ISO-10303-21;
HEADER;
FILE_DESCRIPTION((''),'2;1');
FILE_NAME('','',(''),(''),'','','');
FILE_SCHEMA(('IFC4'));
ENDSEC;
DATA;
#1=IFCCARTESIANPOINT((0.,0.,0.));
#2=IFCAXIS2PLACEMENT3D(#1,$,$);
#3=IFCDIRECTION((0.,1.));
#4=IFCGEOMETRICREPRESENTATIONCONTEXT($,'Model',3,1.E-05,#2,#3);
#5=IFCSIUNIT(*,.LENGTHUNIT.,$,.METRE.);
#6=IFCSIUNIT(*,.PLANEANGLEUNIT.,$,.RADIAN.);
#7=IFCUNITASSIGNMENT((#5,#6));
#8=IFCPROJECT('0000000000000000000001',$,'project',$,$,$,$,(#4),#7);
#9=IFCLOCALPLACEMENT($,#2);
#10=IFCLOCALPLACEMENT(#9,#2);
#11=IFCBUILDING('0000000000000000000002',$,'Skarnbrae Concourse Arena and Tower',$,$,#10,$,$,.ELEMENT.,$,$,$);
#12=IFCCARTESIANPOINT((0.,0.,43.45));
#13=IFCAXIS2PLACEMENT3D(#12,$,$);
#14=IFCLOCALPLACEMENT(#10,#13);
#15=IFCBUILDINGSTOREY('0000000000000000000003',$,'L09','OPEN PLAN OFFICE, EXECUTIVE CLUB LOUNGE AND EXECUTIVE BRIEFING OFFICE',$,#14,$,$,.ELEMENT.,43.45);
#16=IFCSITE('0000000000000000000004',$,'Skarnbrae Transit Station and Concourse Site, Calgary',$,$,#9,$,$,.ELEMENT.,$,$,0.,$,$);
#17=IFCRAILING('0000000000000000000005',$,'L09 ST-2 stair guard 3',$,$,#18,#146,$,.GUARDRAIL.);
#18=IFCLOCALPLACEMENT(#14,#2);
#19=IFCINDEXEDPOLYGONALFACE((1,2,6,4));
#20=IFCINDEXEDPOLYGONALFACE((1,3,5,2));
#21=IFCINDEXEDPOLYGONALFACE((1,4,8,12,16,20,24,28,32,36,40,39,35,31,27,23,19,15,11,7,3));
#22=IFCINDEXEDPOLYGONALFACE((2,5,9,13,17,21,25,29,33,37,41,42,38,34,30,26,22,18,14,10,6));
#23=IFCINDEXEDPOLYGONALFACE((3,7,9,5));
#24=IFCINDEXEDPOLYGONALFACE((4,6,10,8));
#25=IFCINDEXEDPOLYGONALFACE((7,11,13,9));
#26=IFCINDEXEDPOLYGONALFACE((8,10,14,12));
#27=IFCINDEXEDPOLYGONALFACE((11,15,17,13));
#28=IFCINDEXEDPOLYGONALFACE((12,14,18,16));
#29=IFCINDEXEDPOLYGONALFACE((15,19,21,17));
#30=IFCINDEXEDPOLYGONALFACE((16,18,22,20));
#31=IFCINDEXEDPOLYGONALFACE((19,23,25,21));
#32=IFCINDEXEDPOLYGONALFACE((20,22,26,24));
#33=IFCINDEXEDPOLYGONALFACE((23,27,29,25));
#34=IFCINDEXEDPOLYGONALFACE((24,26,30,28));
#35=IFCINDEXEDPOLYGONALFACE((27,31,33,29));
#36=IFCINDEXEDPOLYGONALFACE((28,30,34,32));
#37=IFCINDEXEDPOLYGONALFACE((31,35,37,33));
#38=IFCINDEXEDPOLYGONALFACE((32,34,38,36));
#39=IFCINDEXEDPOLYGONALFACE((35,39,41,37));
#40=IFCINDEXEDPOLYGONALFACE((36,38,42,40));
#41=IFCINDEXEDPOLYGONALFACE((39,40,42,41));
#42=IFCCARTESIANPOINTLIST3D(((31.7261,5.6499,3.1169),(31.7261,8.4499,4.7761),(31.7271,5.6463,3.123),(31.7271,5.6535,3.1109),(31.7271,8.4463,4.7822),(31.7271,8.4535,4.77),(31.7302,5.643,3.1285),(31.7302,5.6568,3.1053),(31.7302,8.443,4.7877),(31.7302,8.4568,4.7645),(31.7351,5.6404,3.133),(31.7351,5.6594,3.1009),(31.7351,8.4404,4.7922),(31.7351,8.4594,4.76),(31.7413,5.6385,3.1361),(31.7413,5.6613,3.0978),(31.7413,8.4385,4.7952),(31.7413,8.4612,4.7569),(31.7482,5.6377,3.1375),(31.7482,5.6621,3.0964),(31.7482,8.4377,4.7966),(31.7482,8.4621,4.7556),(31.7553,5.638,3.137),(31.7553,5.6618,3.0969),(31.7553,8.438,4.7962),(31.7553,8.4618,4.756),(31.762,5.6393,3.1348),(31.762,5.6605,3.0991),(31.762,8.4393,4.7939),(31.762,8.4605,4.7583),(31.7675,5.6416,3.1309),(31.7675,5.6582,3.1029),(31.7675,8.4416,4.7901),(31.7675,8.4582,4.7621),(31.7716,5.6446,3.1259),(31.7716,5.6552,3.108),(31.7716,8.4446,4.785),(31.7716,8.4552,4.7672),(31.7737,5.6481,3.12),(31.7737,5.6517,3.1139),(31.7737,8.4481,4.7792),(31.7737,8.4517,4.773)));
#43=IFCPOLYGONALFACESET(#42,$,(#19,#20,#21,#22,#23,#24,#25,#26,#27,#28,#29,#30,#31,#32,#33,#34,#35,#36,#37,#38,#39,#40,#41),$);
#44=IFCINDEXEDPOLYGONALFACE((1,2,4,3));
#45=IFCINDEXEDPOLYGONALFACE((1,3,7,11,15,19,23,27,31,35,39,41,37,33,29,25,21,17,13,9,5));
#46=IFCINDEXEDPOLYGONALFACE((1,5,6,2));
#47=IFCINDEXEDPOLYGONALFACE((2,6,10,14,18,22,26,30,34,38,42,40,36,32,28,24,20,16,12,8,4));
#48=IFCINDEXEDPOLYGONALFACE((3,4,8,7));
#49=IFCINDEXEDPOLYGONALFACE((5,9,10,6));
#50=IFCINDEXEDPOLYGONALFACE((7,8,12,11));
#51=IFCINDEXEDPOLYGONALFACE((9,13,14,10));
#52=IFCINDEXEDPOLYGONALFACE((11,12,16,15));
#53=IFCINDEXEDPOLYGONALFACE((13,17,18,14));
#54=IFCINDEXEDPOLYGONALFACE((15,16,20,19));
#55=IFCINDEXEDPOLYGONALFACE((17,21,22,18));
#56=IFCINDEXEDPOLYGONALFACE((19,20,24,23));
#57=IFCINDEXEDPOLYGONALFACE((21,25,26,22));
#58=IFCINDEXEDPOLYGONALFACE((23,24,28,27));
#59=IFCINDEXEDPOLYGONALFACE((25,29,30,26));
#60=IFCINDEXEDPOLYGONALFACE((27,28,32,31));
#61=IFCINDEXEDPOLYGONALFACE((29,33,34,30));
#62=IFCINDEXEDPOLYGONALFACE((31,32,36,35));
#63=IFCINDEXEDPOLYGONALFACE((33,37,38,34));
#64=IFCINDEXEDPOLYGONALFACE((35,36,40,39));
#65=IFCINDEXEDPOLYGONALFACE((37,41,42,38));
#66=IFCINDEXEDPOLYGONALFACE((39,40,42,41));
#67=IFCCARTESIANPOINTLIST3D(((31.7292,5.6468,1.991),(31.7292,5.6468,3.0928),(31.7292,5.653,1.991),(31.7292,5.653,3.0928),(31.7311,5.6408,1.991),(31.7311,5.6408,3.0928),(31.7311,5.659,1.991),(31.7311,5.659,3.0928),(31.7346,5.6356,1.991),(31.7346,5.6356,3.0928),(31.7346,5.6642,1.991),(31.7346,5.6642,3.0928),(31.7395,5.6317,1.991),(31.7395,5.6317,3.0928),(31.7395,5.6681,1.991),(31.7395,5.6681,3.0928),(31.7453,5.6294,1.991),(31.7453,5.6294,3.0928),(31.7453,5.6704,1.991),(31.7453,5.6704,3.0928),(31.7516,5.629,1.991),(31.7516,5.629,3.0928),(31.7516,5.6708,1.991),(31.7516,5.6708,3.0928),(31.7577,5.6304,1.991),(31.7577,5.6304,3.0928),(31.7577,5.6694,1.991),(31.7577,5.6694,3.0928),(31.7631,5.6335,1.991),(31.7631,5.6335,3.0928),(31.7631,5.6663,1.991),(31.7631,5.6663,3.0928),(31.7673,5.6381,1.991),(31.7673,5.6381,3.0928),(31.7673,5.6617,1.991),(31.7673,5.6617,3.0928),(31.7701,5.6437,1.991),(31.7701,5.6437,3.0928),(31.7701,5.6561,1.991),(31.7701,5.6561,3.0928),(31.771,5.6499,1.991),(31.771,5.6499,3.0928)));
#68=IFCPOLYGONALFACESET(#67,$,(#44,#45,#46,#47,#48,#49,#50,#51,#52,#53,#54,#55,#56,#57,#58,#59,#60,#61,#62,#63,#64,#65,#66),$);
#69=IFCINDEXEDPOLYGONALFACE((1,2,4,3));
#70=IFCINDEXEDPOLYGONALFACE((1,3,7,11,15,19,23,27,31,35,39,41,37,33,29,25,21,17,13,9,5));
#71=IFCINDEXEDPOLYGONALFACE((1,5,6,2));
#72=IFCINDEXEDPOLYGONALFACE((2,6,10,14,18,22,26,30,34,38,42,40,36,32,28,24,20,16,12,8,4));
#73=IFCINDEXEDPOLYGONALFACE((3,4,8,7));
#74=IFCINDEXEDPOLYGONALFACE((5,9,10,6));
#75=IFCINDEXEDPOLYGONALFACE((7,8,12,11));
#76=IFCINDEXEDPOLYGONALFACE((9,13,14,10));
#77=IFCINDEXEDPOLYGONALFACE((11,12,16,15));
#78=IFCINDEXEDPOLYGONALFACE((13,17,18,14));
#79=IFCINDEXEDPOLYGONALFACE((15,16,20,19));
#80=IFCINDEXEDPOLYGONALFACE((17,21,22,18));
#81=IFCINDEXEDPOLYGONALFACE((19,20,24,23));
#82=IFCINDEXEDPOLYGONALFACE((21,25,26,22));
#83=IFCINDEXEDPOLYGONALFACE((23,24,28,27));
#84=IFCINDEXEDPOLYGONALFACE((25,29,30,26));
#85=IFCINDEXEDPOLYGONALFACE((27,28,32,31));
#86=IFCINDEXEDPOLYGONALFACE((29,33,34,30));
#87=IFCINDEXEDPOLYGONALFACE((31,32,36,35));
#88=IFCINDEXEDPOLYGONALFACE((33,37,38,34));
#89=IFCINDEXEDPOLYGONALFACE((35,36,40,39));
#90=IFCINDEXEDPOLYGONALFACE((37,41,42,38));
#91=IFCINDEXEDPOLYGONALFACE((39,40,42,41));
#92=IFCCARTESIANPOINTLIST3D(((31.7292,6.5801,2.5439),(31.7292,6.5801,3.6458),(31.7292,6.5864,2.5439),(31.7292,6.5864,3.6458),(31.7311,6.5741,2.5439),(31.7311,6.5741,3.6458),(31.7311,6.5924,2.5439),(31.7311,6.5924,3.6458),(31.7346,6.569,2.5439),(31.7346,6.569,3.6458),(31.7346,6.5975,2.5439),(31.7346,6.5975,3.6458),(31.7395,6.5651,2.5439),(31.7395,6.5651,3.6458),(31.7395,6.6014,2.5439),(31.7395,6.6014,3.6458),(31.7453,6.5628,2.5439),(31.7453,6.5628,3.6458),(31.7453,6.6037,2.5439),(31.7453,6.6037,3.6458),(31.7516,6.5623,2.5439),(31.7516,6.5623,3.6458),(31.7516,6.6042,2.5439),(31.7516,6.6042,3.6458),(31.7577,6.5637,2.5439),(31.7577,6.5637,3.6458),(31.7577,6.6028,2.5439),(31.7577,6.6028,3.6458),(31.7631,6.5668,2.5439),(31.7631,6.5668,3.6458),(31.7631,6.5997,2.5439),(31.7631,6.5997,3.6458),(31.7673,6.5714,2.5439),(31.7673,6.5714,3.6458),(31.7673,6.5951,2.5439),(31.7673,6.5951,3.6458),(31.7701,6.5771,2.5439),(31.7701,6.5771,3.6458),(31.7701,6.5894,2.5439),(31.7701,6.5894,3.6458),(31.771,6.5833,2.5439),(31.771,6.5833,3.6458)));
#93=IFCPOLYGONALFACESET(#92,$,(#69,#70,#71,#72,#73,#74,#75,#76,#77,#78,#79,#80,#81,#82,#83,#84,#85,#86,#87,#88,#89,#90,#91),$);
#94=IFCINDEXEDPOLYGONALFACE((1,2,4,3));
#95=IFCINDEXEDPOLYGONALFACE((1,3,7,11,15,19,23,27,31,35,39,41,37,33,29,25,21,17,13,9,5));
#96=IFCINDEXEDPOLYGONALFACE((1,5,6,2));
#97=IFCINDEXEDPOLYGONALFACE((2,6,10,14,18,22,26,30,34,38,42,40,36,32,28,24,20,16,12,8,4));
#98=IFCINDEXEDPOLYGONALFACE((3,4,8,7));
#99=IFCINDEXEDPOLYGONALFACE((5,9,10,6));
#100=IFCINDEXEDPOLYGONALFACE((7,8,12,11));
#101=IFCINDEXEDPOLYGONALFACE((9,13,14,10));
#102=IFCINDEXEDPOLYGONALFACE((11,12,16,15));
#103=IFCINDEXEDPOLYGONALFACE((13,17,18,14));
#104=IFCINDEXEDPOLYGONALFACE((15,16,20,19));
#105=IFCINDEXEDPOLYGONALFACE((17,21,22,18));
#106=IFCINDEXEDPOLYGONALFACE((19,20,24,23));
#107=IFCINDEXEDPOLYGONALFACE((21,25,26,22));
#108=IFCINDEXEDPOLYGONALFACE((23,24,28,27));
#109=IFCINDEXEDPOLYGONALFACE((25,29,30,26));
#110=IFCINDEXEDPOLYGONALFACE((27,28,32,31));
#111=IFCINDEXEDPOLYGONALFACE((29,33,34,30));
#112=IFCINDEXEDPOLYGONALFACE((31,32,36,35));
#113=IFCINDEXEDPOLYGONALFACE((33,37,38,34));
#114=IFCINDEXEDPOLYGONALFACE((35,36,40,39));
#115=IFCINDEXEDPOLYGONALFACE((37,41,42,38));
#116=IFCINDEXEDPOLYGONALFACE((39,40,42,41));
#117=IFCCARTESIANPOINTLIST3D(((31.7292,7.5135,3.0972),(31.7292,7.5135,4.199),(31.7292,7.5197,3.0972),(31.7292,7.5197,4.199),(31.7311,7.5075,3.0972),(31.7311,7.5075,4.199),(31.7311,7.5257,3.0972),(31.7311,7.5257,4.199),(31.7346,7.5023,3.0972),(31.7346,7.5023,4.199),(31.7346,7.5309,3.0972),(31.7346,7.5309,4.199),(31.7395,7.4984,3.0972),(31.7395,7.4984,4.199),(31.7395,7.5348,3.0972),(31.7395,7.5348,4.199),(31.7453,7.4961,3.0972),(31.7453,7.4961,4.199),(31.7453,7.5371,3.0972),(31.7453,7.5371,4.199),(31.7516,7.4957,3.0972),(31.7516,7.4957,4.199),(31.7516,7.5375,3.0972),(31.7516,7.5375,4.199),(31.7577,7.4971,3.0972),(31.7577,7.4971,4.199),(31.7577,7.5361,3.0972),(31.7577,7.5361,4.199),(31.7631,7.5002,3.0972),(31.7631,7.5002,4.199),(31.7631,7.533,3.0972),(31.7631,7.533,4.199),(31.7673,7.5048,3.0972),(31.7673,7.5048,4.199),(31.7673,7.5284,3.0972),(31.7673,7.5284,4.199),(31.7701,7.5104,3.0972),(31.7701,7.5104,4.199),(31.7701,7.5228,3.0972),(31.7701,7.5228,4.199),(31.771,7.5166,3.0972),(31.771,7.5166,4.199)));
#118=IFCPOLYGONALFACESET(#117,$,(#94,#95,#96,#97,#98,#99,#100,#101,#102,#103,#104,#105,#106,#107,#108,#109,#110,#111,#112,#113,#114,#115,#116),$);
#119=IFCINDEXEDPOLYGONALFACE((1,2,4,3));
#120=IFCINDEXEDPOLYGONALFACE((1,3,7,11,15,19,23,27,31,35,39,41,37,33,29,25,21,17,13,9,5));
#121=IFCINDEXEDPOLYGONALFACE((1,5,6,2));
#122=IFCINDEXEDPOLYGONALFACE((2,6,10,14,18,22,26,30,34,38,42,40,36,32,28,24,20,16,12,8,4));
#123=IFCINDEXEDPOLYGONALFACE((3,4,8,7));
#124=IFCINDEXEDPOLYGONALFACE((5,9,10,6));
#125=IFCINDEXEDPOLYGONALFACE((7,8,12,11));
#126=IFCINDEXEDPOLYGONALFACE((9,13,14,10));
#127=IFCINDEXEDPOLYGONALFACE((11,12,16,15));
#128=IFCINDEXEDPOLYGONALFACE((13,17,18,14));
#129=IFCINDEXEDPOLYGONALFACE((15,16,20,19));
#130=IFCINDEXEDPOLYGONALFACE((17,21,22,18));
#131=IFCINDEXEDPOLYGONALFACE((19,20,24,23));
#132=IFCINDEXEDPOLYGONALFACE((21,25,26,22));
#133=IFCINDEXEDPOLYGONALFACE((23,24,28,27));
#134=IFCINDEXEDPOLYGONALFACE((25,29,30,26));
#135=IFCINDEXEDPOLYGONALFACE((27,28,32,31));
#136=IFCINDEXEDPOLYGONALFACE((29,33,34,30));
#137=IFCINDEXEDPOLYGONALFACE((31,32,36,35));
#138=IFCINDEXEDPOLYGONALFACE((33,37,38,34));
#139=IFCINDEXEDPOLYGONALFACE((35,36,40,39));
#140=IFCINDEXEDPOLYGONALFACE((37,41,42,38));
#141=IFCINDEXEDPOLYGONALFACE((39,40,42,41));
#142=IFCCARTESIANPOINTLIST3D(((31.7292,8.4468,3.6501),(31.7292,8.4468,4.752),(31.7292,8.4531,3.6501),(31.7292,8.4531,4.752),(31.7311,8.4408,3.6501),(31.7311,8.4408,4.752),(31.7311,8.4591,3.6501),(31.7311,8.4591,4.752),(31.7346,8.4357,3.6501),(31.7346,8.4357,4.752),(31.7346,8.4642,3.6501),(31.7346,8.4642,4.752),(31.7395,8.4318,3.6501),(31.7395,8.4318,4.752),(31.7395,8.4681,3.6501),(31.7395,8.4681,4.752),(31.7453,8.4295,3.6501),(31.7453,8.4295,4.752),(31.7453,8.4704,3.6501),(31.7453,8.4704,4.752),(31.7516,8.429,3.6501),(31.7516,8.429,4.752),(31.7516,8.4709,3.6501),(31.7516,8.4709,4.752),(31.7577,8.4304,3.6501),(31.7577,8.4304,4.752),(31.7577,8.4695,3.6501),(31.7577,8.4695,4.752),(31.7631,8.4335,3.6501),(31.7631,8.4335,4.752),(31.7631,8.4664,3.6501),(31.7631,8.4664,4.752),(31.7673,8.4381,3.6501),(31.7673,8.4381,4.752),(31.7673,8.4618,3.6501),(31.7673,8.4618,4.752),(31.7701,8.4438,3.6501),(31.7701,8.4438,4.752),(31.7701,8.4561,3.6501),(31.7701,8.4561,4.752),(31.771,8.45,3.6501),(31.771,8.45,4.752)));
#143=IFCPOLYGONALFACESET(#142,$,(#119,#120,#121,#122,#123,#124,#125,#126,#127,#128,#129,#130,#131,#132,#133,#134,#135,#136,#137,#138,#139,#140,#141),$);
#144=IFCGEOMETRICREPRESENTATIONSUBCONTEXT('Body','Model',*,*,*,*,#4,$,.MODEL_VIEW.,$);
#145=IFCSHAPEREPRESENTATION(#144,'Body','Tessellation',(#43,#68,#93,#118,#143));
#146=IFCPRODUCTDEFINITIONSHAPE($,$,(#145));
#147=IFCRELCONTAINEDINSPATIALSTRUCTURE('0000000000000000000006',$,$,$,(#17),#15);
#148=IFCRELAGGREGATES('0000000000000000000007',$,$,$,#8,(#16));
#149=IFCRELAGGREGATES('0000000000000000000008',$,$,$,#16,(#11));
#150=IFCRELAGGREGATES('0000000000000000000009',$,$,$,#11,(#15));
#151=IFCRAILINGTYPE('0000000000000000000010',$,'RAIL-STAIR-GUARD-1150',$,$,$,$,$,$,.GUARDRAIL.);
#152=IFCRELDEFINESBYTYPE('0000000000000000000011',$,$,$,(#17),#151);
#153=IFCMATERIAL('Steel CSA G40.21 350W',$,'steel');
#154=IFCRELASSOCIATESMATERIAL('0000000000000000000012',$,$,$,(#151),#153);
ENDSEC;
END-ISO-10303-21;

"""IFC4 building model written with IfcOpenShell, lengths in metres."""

from ifc_helpers import new_model, si_unit, direction, frame, origin, origin_2d, place, context, subcontext, project, spatial, circle, extrude, material, type_object, element, save


model = new_model("IFC4")

# Units and contexts
model_context = context("Model", 3, precision=1e-05, world=origin(), true_north=direction((0.0, 1.0)))
body_context = subcontext(model_context, "Body", "Model", "MODEL_VIEW")
ifc_project = project(units=[si_unit("LENGTHUNIT", "METRE"), si_unit("PLANEANGLEUNIT", "RADIAN")], contexts=[model_context])

# Site, building, storey
site_placement = place(None, origin())
site = spatial("IfcSite", under=ifc_project, at=site_placement, Name="Skarnbrae Transit Station and Concourse Site, Calgary", CompositionType="ELEMENT", RefElevation=0.0)
building_placement = place(site_placement, origin())
building = spatial("IfcBuilding", under=site, at=building_placement, Name="Skarnbrae Concourse Arena and Tower", CompositionType="ELEMENT")
storey_placement = place(building_placement, frame((0.0, 0.0, 43.45)))
storey = spatial("IfcBuildingStorey", under=building, at=storey_placement, Name="L09", Description="OPEN PLAN OFFICE, EXECUTIVE CLUB LOUNGE AND EXECUTIVE BRIEFING OFFICE", CompositionType="ELEMENT", Elevation=43.45)

# Shared definitions
ifc_material_1 = material(Name="Steel CSA G40.21 350W", Category="steel")

# Railing
railing_type_1 = type_object("IfcRailingType", Name="RAIL-STAIR-GUARD-1150", PredefinedType="GUARDRAIL", material=ifc_material_1)
railing_1_placement = place(storey_placement, frame((31.75, 5.6499, 1.991)))
element("IfcRailing", 1, at=railing_1_placement, inside=storey, type_object=railing_type_1, Name="L09 ST-2 stair guard 3", PredefinedType="GUARDRAIL", context=body_context, shape_type="SweptSolid", body=[
    extrude(circle(Radius=0.0239, at=origin_2d()), frame((0.0, 0.0, 1.126), z_axis=(0.0, 0.860306, 0.509778), x_axis=(-1.0, 0.0, 0.0)), (0.0, 0.0, 1.0), 3.2546),
    extrude(circle(Radius=0.021, at=origin_2d()), origin(), (0.0, 0.0, 1.0), 1.1018),
    extrude(circle(Radius=0.021, at=origin_2d()), frame((0.0, 0.9333, 0.553)), (0.0, 0.0, 1.0), 1.1018),
    extrude(circle(Radius=0.021, at=origin_2d()), frame((0.0, 1.8667, 1.1062)), (0.0, 0.0, 1.0), 1.1018),
    extrude(circle(Radius=0.021, at=origin_2d()), frame((0.0, 2.8, 1.6592)), (0.0, 0.0, 1.0), 1.1018),
])

save(model, "model.ifc")
